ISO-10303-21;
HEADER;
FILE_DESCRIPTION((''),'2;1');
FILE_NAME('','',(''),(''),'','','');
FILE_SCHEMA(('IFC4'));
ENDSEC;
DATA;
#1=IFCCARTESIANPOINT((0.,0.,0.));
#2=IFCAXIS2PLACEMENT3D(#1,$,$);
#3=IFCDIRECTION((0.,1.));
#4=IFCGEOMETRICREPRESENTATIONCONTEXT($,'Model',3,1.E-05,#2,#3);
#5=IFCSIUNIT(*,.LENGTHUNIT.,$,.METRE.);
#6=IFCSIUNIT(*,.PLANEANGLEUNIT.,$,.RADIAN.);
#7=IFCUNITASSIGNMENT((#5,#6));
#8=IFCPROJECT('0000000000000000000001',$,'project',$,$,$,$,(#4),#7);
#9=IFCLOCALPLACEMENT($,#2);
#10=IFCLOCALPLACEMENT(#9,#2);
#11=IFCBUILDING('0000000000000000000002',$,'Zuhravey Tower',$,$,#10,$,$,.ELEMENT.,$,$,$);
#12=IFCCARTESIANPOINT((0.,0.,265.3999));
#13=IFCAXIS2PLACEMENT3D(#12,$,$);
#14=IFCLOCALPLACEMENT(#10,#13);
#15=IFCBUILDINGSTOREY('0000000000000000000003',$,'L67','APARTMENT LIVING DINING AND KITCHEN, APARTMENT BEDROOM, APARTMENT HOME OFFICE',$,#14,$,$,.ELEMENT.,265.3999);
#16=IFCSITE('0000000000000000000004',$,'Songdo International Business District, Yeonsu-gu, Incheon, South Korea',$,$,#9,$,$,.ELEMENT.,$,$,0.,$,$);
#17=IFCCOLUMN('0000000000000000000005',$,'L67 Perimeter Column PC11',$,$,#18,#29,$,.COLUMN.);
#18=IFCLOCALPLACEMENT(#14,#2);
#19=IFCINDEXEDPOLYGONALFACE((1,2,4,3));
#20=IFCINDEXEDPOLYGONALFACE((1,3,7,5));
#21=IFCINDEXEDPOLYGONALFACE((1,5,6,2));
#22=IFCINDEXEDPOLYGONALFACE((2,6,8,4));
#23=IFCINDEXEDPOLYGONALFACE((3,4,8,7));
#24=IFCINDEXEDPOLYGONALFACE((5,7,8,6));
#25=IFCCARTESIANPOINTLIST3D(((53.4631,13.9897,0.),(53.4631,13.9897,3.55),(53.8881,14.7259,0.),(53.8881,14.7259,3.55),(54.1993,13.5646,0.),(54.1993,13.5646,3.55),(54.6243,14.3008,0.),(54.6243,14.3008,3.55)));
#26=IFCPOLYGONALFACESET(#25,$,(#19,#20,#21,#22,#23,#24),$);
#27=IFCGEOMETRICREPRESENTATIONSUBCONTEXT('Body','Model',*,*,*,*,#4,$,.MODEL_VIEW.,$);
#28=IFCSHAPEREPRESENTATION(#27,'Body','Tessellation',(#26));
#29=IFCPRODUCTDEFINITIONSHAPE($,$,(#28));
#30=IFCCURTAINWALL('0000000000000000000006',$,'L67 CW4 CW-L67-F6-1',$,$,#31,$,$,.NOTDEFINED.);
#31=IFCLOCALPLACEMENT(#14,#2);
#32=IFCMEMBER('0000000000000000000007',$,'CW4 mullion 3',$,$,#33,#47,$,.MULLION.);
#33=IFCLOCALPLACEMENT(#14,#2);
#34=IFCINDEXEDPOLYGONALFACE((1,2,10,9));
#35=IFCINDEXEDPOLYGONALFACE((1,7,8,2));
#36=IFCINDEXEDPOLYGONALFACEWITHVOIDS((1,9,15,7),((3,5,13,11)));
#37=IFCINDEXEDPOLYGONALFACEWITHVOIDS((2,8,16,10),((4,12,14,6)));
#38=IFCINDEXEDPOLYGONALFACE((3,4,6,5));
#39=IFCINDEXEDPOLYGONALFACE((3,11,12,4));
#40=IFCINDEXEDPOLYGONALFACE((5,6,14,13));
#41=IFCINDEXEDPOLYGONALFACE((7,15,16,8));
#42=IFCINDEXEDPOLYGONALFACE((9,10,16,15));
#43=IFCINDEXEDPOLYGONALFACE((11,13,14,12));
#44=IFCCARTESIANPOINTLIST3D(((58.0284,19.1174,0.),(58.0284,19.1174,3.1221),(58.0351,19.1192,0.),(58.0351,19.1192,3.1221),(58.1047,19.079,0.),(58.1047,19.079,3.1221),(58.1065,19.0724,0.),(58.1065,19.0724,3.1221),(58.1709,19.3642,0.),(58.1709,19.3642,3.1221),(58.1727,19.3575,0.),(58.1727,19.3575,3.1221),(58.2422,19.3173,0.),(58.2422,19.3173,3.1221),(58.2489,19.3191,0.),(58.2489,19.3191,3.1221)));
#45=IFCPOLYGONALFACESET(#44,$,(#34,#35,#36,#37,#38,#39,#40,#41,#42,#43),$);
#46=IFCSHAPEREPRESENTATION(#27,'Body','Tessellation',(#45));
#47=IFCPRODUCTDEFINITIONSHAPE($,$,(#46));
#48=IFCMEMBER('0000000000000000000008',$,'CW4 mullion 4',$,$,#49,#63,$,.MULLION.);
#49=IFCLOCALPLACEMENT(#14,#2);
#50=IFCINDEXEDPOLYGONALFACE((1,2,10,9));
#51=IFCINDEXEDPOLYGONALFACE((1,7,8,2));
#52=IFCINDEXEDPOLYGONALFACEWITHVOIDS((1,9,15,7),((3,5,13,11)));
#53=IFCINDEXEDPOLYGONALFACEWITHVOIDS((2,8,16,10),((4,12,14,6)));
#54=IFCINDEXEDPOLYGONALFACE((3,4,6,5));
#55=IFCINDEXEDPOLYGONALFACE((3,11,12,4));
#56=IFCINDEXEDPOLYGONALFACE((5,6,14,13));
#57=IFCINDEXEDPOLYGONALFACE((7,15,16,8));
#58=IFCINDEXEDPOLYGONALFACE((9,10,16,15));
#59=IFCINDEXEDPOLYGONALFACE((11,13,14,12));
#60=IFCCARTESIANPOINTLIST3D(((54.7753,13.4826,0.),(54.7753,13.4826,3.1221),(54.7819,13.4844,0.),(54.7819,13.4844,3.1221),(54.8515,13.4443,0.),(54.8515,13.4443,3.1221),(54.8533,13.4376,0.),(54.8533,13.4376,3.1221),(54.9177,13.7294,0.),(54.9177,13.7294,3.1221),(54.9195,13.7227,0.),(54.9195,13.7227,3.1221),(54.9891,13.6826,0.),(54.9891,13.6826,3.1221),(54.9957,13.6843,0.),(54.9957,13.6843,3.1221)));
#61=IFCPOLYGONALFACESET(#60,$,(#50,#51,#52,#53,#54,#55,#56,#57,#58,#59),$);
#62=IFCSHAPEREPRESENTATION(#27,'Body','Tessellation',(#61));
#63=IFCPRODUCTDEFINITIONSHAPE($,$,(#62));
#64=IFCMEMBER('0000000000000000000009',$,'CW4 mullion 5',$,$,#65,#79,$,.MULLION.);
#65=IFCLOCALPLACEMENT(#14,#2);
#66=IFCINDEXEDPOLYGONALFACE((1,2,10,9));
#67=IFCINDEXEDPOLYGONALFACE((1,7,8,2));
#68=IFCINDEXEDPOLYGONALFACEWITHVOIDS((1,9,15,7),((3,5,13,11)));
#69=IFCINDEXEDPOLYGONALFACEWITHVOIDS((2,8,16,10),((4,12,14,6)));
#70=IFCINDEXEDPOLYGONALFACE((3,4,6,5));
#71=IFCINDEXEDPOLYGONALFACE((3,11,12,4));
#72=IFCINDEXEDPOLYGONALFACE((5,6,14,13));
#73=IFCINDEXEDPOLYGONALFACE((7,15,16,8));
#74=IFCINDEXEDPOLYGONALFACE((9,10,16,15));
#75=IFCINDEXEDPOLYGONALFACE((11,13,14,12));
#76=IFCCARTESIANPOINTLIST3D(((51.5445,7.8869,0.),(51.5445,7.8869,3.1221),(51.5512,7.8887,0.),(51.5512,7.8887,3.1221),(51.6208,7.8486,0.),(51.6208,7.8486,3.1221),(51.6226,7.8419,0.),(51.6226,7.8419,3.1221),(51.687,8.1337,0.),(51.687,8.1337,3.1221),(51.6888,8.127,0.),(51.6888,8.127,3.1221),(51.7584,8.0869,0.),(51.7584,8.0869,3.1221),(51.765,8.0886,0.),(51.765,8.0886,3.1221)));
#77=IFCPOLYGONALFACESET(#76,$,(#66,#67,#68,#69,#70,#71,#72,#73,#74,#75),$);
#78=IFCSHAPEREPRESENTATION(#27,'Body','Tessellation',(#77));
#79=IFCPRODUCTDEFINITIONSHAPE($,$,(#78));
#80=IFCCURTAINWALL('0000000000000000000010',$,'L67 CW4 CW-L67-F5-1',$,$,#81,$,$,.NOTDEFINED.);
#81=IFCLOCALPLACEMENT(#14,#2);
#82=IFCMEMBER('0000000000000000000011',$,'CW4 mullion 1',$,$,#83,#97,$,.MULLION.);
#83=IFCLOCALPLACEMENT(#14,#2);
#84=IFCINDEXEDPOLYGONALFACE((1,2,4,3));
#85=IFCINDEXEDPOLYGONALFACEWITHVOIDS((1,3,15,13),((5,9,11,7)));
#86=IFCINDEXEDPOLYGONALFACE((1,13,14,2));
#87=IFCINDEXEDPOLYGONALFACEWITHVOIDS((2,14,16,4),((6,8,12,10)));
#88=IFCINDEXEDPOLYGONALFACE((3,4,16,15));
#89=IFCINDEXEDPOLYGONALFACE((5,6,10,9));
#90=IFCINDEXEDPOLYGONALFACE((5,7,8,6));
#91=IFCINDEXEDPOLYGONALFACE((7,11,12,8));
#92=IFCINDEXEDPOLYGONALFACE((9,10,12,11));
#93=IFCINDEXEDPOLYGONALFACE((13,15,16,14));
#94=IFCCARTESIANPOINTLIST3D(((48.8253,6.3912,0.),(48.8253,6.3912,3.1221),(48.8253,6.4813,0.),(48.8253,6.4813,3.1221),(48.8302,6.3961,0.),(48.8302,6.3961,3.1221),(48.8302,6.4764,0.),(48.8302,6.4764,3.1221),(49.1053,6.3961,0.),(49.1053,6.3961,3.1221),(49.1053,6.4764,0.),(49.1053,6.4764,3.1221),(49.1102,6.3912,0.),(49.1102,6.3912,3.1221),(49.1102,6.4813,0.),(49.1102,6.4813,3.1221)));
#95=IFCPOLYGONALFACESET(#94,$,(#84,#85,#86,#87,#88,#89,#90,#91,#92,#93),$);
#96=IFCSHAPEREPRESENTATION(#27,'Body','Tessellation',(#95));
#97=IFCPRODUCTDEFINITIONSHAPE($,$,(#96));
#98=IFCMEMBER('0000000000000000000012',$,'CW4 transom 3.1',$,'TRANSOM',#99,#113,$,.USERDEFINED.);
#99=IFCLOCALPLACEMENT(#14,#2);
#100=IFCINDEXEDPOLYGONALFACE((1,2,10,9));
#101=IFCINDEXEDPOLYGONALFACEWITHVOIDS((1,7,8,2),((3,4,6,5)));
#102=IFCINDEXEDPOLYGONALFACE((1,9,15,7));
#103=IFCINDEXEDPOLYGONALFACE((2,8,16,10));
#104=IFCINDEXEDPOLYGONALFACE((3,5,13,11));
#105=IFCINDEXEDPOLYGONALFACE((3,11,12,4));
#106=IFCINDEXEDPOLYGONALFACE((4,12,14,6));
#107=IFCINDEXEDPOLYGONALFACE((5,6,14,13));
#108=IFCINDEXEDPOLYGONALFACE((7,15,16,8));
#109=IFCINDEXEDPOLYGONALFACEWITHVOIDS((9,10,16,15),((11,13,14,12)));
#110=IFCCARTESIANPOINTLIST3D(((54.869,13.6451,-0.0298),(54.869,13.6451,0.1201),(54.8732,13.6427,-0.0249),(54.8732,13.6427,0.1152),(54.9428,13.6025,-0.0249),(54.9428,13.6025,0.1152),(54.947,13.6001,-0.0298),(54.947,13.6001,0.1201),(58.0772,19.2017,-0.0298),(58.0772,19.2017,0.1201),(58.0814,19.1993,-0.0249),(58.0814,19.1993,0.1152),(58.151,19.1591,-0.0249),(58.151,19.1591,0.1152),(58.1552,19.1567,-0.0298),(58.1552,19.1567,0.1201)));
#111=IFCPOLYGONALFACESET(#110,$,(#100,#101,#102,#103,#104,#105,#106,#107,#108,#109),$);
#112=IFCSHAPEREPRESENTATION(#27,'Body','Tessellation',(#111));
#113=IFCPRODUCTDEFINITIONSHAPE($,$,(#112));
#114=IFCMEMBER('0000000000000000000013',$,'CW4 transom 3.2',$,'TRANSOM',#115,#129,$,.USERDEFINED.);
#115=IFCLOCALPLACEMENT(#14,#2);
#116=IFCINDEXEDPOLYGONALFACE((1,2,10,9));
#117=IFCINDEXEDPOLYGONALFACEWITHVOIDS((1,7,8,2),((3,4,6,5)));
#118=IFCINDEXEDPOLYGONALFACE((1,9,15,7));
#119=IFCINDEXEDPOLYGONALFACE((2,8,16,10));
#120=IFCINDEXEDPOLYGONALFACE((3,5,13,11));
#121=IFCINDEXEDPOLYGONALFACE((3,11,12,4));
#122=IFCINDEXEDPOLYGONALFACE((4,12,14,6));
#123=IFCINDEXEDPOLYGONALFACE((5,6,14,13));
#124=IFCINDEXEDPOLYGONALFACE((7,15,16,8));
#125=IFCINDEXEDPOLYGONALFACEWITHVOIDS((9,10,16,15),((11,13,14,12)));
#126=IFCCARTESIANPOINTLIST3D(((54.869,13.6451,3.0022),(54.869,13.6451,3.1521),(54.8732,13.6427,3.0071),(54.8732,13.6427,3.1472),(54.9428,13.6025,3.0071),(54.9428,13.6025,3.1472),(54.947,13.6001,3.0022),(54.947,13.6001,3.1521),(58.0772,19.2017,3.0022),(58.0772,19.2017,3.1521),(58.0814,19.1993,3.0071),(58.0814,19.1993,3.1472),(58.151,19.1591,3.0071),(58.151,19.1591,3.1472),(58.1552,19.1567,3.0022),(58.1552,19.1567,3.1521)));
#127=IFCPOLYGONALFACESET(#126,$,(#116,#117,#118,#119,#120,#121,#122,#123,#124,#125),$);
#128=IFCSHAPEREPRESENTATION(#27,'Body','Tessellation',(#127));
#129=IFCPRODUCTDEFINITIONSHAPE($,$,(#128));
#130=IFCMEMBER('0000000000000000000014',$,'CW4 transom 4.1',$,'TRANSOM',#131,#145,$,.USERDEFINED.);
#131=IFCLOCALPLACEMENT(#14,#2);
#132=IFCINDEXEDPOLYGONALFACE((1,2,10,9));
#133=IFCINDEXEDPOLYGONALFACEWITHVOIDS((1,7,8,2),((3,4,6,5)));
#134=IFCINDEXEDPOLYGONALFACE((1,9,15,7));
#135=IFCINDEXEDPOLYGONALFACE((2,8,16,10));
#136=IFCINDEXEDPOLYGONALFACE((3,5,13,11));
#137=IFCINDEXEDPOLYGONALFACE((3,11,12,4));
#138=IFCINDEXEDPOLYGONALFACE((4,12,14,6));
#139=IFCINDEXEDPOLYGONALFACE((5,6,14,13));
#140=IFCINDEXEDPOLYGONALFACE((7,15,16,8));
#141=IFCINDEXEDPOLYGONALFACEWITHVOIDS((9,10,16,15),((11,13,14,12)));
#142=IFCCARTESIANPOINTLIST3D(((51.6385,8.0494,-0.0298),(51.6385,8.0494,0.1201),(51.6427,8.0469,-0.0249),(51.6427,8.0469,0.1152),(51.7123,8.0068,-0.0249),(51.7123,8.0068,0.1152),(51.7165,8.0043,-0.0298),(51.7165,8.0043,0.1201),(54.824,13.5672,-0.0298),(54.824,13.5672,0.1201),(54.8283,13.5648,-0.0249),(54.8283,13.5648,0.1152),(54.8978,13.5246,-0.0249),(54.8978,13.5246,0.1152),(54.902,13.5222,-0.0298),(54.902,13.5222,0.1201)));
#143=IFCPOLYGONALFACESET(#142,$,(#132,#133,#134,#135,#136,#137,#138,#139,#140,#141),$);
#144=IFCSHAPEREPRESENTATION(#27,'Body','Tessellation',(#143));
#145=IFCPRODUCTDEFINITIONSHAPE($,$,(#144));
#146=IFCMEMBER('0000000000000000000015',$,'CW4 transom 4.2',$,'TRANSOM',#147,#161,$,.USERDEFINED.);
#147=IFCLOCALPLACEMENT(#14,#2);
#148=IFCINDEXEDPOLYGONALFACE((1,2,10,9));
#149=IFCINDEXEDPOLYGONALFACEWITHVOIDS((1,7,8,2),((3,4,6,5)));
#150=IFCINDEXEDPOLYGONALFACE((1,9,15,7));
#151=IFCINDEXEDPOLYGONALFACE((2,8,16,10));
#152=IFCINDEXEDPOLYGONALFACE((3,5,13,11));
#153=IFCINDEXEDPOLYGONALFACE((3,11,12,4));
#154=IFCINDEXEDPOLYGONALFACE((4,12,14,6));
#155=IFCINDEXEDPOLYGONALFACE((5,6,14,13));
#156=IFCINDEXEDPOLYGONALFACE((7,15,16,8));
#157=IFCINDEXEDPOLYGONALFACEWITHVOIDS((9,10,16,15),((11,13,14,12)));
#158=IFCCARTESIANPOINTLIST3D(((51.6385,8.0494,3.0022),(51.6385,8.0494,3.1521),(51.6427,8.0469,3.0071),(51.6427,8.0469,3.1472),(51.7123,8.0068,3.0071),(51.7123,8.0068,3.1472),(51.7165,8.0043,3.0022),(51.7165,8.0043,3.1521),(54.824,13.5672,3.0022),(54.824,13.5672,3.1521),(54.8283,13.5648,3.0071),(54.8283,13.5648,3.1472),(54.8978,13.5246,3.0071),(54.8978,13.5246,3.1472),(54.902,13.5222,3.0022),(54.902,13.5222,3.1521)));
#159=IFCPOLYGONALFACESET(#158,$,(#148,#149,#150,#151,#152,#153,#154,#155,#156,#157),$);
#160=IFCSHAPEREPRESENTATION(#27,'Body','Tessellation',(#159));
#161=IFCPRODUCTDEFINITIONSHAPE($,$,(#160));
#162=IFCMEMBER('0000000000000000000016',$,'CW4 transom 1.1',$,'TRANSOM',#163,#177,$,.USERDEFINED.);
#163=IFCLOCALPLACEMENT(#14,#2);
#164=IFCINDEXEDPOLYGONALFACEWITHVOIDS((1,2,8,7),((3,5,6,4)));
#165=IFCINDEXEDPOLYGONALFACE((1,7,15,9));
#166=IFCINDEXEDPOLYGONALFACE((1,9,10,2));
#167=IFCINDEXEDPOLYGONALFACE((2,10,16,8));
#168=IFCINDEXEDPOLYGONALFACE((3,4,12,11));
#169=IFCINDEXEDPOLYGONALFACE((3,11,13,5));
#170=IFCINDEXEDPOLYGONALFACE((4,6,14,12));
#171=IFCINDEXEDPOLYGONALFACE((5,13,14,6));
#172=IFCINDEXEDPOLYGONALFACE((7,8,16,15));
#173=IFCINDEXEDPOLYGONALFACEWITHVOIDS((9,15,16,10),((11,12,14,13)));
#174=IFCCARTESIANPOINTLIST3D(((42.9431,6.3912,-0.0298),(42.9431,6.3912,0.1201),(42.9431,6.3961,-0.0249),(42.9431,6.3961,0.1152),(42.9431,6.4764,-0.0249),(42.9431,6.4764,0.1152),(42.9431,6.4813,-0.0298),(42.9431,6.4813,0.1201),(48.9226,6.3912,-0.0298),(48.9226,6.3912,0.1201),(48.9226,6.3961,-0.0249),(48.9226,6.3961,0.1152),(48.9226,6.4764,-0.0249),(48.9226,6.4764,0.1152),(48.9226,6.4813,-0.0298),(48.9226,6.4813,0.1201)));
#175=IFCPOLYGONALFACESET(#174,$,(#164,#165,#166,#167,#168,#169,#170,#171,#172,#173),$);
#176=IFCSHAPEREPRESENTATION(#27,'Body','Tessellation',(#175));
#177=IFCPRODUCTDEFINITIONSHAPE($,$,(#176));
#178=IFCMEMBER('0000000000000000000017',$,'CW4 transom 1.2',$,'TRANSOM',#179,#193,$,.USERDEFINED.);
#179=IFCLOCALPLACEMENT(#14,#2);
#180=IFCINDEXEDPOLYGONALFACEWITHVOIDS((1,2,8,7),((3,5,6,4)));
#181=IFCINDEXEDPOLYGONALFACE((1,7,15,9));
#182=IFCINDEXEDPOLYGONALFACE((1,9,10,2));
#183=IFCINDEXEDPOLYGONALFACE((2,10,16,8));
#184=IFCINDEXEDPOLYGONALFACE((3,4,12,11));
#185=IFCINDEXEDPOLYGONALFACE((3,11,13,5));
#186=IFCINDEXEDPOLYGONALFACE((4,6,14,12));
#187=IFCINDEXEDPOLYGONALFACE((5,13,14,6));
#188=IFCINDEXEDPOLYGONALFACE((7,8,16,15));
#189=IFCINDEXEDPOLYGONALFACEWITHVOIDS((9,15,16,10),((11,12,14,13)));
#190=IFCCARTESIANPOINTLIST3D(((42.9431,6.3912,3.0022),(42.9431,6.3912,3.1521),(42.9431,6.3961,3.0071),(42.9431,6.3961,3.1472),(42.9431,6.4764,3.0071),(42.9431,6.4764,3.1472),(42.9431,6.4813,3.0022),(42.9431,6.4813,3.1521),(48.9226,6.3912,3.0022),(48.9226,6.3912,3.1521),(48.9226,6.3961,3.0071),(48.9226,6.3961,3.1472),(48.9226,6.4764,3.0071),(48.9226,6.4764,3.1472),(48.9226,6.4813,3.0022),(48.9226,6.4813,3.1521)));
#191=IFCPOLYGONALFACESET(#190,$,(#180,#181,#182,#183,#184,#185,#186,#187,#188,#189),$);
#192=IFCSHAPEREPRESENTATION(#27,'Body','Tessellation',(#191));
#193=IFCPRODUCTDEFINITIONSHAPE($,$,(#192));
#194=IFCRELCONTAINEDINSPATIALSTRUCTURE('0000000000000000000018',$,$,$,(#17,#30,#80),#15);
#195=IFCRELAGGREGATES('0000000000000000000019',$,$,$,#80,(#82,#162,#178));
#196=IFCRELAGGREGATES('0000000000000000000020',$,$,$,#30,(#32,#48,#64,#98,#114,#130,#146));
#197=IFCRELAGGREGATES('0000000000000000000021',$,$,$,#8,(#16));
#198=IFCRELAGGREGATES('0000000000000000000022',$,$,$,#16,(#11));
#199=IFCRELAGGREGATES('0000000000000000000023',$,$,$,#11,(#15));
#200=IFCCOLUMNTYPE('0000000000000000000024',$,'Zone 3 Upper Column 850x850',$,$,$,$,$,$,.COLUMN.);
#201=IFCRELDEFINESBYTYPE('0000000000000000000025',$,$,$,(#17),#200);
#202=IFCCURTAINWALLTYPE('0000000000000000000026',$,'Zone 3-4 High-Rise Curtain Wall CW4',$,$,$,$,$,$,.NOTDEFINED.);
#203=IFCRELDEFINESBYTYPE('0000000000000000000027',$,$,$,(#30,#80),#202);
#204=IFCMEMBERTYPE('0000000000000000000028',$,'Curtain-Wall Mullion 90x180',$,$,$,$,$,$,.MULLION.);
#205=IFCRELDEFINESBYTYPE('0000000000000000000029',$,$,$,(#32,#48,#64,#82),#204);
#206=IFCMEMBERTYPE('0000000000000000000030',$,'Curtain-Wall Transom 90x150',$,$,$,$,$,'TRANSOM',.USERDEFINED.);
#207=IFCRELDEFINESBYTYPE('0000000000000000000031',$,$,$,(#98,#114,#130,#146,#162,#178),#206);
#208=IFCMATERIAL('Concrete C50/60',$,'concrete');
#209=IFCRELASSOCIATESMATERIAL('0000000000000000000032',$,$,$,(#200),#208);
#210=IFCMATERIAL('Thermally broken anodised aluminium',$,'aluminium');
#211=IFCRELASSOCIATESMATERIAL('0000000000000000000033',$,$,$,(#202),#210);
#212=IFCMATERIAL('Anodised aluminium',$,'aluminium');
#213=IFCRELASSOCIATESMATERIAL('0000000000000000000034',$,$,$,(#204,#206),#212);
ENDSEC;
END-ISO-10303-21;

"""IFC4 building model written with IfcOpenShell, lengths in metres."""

from ifc_helpers import new_model, si_unit, direction, frame, origin, origin_2d, place, context, subcontext, project, spatial, rectangle, hollow_rectangle, extrude, material, material_profile, profile_set, type_object, element, aggregate, save


model = new_model("IFC4")

# Units and contexts
model_context = context("Model", 3, precision=1e-05, world=origin(), true_north=direction((0.0, 1.0)))
body_context = subcontext(model_context, "Body", "Model", "MODEL_VIEW")
ifc_project = project(units=[si_unit("LENGTHUNIT", "METRE"), si_unit("PLANEANGLEUNIT", "RADIAN")], contexts=[model_context])

# Site, building, storey
site_placement = place(None, origin())
site = spatial("IfcSite", under=ifc_project, at=site_placement, Name="Songdo International Business District, Yeonsu-gu, Incheon, South Korea", CompositionType="ELEMENT", RefElevation=0.0)
building_placement = place(site_placement, origin())
building = spatial("IfcBuilding", under=site, at=building_placement, Name="Zuhravey Tower", CompositionType="ELEMENT")
storey_placement = place(building_placement, frame((0.0, 0.0, 265.3999)))
storey = spatial("IfcBuildingStorey", under=building, at=storey_placement, Name="L67", Description="APARTMENT LIVING DINING AND KITCHEN, APARTMENT BEDROOM, APARTMENT HOME OFFICE", CompositionType="ELEMENT", Elevation=265.3999)

# Column
ifc_material_1 = material(Name="Concrete C50/60", Category="concrete")
ifc_material_profile_1 = material_profile(ifc_material_1, rectangle(XDim=0.8501, YDim=0.8501, at=origin_2d()), Name="RC-850x850")
ifc_profile_set_1 = profile_set([ifc_material_profile_1], Name="Concrete C50/60")
column_type = type_object("IfcColumnType", Name="Zone 3 Upper Column 850x850", PredefinedType="COLUMN", material=ifc_profile_set_1)
column_placement = place(storey_placement, frame((54.0437, 14.1453, 0.0), z_axis=(0.0, 0.0, 1.0), x_axis=(0.5, 0.866025, 0.0)))
element("IfcColumn", 1, at=column_placement, inside=storey, type_object=column_type, Name="L67 Perimeter Column PC11", PredefinedType="COLUMN", context=body_context, shape_type="SweptSolid", body=[
    extrude(rectangle(XDim=0.8501, YDim=0.8501, at=origin_2d()), origin(), (0.0, 0.0, 1.0), 3.55),
])

# Curtain wall, members
ifc_material_2 = material(Name="Thermally broken anodised aluminium", Category="aluminium")
curtain_wall_type = type_object("IfcCurtainWallType", Name="Zone 3-4 High-Rise Curtain Wall CW4", PredefinedType="NOTDEFINED", material=ifc_material_2)
curtain_wall_1_placement = place(storey_placement, origin())
curtain_wall_1 = element("IfcCurtainWall", 2, at=curtain_wall_1_placement, inside=storey, type_object=curtain_wall_type, Name="L67 CW4 CW-L67-F6-1", PredefinedType="NOTDEFINED")
ifc_material_3 = material(Name="Anodised aluminium", Category="aluminium")
ifc_material_profile_2 = material_profile(ifc_material_3, hollow_rectangle(XDim=0.0901, YDim=0.2849, WallThickness=0.0049, at=origin_2d()), Name="ALU-RHS-90x285x5")
ifc_profile_set_2 = profile_set([ifc_material_profile_2], Name="Anodised aluminium")
member_type_1 = type_object("IfcMemberType", Name="Curtain-Wall Mullion 90x180", PredefinedType="MULLION", material=ifc_profile_set_2)
member_1_placement = place(storey_placement, frame((58.1387, 19.2183, 0.0), z_axis=(0.0, 0.0, 1.0), x_axis=(0.866025, -0.500001, 0.0)))
member_1 = element("IfcMember", 3, at=member_1_placement, type_object=member_type_1, Name="CW4 mullion 3", PredefinedType="MULLION", context=body_context, shape_type="SweptSolid", body=[
    extrude(hollow_rectangle(XDim=0.0901, YDim=0.2849, WallThickness=0.0049, at=origin_2d()), origin(), (0.0, 0.0, 1.0), 3.1221),
])
member_2_placement = place(storey_placement, frame((54.8855, 13.5835, 0.0), z_axis=(0.0, 0.0, 1.0), x_axis=(0.866025, -0.500001, 0.0)))
member_2 = element("IfcMember", 4, at=member_2_placement, type_object=member_type_1, Name="CW4 mullion 4", PredefinedType="MULLION", context=body_context, shape_type="SweptSolid", body=[
    extrude(hollow_rectangle(XDim=0.0901, YDim=0.2849, WallThickness=0.0049, at=origin_2d()), origin(), (0.0, 0.0, 1.0), 3.1221),
])
member_3_placement = place(storey_placement, frame((51.6548, 7.9878, 0.0), z_axis=(0.0, 0.0, 1.0), x_axis=(0.866025, -0.500001, 0.0)))
member_3 = element("IfcMember", 5, at=member_3_placement, type_object=member_type_1, Name="CW4 mullion 5", PredefinedType="MULLION", context=body_context, shape_type="SweptSolid", body=[
    extrude(hollow_rectangle(XDim=0.0901, YDim=0.2849, WallThickness=0.0049, at=origin_2d()), origin(), (0.0, 0.0, 1.0), 3.1221),
])

# Curtain wall, member
curtain_wall_2_placement = place(storey_placement, origin())
curtain_wall_2 = element("IfcCurtainWall", 6, at=curtain_wall_2_placement, inside=storey, type_object=curtain_wall_type, Name="L67 CW4 CW-L67-F5-1", PredefinedType="NOTDEFINED")
member_4_placement = place(storey_placement, frame((48.9678, 6.4363, 0.0), z_axis=(0.0, 0.0, 1.0), x_axis=(0.0, -1.0, 0.0)))
member_4 = element("IfcMember", 7, at=member_4_placement, type_object=member_type_1, Name="CW4 mullion 1", PredefinedType="MULLION", context=body_context, shape_type="SweptSolid", body=[
    extrude(hollow_rectangle(XDim=0.0901, YDim=0.2849, WallThickness=0.0049, at=origin_2d()), origin(), (0.0, 0.0, 1.0), 3.1221),
])

# Members
ifc_material_profile_3 = material_profile(ifc_material_3, hollow_rectangle(XDim=0.0901, YDim=0.1499, WallThickness=0.0049, at=origin_2d()), Name="ALU-RHS-90x150x5")
ifc_profile_set_3 = profile_set([ifc_material_profile_3], Name="Anodised aluminium")
member_type_2 = type_object("IfcMemberType", Name="Curtain-Wall Transom 90x150", ElementType="TRANSOM", PredefinedType="USERDEFINED", material=ifc_profile_set_3)
member_5_placement = place(storey_placement, frame((58.1162, 19.1792, 0.0452), z_axis=(-0.500014, -0.866017, 0.0), x_axis=(0.866017, -0.500014, 0.0)))
member_5 = element("IfcMember", 8, at=member_5_placement, type_object=member_type_2, Name="CW4 transom 3.1", ObjectType="TRANSOM", PredefinedType="USERDEFINED", context=body_context, shape_type="SweptSolid", body=[
    extrude(hollow_rectangle(XDim=0.0901, YDim=0.1499, WallThickness=0.0049, at=origin_2d()), origin(), (0.0, 0.0, 1.0), 6.4163),
])
member_6_placement = place(storey_placement, frame((58.1162, 19.1792, 3.0771), z_axis=(-0.500014, -0.866017, 0.0), x_axis=(0.866017, -0.500014, 0.0)))
member_6 = element("IfcMember", 9, at=member_6_placement, type_object=member_type_2, Name="CW4 transom 3.2", ObjectType="TRANSOM", PredefinedType="USERDEFINED", context=body_context, shape_type="SweptSolid", body=[
    extrude(hollow_rectangle(XDim=0.0901, YDim=0.1499, WallThickness=0.0049, at=origin_2d()), origin(), (0.0, 0.0, 1.0), 6.4163),
])
member_7_placement = place(storey_placement, frame((54.863, 13.5447, 0.0452), z_axis=(-0.49998, -0.866037, 0.0), x_axis=(0.866037, -0.49998, 0.0)))
member_7 = element("IfcMember", 10, at=member_7_placement, type_object=member_type_2, Name="CW4 transom 4.1", ObjectType="TRANSOM", PredefinedType="USERDEFINED", context=body_context, shape_type="SweptSolid", body=[
    extrude(hollow_rectangle(XDim=0.0901, YDim=0.1499, WallThickness=0.0049, at=origin_2d()), origin(), (0.0, 0.0, 1.0), 6.3713),
])
member_8_placement = place(storey_placement, frame((54.863, 13.5447, 3.0771), z_axis=(-0.49998, -0.866037, 0.0), x_axis=(0.866037, -0.49998, 0.0)))
member_8 = element("IfcMember", 11, at=member_8_placement, type_object=member_type_2, Name="CW4 transom 4.2", ObjectType="TRANSOM", PredefinedType="USERDEFINED", context=body_context, shape_type="SweptSolid", body=[
    extrude(hollow_rectangle(XDim=0.0901, YDim=0.1499, WallThickness=0.0049, at=origin_2d()), origin(), (0.0, 0.0, 1.0), 6.3713),
])
member_9_placement = place(storey_placement, frame((48.9226, 6.4363, 0.0452), z_axis=(-1.0, 0.0, 0.0), x_axis=(0.0, -1.0, 0.0)))
member_9 = element("IfcMember", 12, at=member_9_placement, type_object=member_type_2, Name="CW4 transom 1.1", ObjectType="TRANSOM", PredefinedType="USERDEFINED", context=body_context, shape_type="SweptSolid", body=[
    extrude(hollow_rectangle(XDim=0.0901, YDim=0.1499, WallThickness=0.0049, at=origin_2d()), origin(), (0.0, 0.0, 1.0), 5.9795),
])
member_10_placement = place(storey_placement, frame((48.9226, 6.4363, 3.0771), z_axis=(-1.0, 0.0, 0.0), x_axis=(0.0, -1.0, 0.0)))
member_10 = element("IfcMember", 13, at=member_10_placement, type_object=member_type_2, Name="CW4 transom 1.2", ObjectType="TRANSOM", PredefinedType="USERDEFINED", context=body_context, shape_type="SweptSolid", body=[
    extrude(hollow_rectangle(XDim=0.0901, YDim=0.1499, WallThickness=0.0049, at=origin_2d()), origin(), (0.0, 0.0, 1.0), 5.9795),
])
aggregate(curtain_wall_2, [member_4, member_9, member_10])

aggregate(curtain_wall_1, [member_1, member_2, member_3, member_5, member_6, member_7, member_8])

save(model, "model.ifc")
